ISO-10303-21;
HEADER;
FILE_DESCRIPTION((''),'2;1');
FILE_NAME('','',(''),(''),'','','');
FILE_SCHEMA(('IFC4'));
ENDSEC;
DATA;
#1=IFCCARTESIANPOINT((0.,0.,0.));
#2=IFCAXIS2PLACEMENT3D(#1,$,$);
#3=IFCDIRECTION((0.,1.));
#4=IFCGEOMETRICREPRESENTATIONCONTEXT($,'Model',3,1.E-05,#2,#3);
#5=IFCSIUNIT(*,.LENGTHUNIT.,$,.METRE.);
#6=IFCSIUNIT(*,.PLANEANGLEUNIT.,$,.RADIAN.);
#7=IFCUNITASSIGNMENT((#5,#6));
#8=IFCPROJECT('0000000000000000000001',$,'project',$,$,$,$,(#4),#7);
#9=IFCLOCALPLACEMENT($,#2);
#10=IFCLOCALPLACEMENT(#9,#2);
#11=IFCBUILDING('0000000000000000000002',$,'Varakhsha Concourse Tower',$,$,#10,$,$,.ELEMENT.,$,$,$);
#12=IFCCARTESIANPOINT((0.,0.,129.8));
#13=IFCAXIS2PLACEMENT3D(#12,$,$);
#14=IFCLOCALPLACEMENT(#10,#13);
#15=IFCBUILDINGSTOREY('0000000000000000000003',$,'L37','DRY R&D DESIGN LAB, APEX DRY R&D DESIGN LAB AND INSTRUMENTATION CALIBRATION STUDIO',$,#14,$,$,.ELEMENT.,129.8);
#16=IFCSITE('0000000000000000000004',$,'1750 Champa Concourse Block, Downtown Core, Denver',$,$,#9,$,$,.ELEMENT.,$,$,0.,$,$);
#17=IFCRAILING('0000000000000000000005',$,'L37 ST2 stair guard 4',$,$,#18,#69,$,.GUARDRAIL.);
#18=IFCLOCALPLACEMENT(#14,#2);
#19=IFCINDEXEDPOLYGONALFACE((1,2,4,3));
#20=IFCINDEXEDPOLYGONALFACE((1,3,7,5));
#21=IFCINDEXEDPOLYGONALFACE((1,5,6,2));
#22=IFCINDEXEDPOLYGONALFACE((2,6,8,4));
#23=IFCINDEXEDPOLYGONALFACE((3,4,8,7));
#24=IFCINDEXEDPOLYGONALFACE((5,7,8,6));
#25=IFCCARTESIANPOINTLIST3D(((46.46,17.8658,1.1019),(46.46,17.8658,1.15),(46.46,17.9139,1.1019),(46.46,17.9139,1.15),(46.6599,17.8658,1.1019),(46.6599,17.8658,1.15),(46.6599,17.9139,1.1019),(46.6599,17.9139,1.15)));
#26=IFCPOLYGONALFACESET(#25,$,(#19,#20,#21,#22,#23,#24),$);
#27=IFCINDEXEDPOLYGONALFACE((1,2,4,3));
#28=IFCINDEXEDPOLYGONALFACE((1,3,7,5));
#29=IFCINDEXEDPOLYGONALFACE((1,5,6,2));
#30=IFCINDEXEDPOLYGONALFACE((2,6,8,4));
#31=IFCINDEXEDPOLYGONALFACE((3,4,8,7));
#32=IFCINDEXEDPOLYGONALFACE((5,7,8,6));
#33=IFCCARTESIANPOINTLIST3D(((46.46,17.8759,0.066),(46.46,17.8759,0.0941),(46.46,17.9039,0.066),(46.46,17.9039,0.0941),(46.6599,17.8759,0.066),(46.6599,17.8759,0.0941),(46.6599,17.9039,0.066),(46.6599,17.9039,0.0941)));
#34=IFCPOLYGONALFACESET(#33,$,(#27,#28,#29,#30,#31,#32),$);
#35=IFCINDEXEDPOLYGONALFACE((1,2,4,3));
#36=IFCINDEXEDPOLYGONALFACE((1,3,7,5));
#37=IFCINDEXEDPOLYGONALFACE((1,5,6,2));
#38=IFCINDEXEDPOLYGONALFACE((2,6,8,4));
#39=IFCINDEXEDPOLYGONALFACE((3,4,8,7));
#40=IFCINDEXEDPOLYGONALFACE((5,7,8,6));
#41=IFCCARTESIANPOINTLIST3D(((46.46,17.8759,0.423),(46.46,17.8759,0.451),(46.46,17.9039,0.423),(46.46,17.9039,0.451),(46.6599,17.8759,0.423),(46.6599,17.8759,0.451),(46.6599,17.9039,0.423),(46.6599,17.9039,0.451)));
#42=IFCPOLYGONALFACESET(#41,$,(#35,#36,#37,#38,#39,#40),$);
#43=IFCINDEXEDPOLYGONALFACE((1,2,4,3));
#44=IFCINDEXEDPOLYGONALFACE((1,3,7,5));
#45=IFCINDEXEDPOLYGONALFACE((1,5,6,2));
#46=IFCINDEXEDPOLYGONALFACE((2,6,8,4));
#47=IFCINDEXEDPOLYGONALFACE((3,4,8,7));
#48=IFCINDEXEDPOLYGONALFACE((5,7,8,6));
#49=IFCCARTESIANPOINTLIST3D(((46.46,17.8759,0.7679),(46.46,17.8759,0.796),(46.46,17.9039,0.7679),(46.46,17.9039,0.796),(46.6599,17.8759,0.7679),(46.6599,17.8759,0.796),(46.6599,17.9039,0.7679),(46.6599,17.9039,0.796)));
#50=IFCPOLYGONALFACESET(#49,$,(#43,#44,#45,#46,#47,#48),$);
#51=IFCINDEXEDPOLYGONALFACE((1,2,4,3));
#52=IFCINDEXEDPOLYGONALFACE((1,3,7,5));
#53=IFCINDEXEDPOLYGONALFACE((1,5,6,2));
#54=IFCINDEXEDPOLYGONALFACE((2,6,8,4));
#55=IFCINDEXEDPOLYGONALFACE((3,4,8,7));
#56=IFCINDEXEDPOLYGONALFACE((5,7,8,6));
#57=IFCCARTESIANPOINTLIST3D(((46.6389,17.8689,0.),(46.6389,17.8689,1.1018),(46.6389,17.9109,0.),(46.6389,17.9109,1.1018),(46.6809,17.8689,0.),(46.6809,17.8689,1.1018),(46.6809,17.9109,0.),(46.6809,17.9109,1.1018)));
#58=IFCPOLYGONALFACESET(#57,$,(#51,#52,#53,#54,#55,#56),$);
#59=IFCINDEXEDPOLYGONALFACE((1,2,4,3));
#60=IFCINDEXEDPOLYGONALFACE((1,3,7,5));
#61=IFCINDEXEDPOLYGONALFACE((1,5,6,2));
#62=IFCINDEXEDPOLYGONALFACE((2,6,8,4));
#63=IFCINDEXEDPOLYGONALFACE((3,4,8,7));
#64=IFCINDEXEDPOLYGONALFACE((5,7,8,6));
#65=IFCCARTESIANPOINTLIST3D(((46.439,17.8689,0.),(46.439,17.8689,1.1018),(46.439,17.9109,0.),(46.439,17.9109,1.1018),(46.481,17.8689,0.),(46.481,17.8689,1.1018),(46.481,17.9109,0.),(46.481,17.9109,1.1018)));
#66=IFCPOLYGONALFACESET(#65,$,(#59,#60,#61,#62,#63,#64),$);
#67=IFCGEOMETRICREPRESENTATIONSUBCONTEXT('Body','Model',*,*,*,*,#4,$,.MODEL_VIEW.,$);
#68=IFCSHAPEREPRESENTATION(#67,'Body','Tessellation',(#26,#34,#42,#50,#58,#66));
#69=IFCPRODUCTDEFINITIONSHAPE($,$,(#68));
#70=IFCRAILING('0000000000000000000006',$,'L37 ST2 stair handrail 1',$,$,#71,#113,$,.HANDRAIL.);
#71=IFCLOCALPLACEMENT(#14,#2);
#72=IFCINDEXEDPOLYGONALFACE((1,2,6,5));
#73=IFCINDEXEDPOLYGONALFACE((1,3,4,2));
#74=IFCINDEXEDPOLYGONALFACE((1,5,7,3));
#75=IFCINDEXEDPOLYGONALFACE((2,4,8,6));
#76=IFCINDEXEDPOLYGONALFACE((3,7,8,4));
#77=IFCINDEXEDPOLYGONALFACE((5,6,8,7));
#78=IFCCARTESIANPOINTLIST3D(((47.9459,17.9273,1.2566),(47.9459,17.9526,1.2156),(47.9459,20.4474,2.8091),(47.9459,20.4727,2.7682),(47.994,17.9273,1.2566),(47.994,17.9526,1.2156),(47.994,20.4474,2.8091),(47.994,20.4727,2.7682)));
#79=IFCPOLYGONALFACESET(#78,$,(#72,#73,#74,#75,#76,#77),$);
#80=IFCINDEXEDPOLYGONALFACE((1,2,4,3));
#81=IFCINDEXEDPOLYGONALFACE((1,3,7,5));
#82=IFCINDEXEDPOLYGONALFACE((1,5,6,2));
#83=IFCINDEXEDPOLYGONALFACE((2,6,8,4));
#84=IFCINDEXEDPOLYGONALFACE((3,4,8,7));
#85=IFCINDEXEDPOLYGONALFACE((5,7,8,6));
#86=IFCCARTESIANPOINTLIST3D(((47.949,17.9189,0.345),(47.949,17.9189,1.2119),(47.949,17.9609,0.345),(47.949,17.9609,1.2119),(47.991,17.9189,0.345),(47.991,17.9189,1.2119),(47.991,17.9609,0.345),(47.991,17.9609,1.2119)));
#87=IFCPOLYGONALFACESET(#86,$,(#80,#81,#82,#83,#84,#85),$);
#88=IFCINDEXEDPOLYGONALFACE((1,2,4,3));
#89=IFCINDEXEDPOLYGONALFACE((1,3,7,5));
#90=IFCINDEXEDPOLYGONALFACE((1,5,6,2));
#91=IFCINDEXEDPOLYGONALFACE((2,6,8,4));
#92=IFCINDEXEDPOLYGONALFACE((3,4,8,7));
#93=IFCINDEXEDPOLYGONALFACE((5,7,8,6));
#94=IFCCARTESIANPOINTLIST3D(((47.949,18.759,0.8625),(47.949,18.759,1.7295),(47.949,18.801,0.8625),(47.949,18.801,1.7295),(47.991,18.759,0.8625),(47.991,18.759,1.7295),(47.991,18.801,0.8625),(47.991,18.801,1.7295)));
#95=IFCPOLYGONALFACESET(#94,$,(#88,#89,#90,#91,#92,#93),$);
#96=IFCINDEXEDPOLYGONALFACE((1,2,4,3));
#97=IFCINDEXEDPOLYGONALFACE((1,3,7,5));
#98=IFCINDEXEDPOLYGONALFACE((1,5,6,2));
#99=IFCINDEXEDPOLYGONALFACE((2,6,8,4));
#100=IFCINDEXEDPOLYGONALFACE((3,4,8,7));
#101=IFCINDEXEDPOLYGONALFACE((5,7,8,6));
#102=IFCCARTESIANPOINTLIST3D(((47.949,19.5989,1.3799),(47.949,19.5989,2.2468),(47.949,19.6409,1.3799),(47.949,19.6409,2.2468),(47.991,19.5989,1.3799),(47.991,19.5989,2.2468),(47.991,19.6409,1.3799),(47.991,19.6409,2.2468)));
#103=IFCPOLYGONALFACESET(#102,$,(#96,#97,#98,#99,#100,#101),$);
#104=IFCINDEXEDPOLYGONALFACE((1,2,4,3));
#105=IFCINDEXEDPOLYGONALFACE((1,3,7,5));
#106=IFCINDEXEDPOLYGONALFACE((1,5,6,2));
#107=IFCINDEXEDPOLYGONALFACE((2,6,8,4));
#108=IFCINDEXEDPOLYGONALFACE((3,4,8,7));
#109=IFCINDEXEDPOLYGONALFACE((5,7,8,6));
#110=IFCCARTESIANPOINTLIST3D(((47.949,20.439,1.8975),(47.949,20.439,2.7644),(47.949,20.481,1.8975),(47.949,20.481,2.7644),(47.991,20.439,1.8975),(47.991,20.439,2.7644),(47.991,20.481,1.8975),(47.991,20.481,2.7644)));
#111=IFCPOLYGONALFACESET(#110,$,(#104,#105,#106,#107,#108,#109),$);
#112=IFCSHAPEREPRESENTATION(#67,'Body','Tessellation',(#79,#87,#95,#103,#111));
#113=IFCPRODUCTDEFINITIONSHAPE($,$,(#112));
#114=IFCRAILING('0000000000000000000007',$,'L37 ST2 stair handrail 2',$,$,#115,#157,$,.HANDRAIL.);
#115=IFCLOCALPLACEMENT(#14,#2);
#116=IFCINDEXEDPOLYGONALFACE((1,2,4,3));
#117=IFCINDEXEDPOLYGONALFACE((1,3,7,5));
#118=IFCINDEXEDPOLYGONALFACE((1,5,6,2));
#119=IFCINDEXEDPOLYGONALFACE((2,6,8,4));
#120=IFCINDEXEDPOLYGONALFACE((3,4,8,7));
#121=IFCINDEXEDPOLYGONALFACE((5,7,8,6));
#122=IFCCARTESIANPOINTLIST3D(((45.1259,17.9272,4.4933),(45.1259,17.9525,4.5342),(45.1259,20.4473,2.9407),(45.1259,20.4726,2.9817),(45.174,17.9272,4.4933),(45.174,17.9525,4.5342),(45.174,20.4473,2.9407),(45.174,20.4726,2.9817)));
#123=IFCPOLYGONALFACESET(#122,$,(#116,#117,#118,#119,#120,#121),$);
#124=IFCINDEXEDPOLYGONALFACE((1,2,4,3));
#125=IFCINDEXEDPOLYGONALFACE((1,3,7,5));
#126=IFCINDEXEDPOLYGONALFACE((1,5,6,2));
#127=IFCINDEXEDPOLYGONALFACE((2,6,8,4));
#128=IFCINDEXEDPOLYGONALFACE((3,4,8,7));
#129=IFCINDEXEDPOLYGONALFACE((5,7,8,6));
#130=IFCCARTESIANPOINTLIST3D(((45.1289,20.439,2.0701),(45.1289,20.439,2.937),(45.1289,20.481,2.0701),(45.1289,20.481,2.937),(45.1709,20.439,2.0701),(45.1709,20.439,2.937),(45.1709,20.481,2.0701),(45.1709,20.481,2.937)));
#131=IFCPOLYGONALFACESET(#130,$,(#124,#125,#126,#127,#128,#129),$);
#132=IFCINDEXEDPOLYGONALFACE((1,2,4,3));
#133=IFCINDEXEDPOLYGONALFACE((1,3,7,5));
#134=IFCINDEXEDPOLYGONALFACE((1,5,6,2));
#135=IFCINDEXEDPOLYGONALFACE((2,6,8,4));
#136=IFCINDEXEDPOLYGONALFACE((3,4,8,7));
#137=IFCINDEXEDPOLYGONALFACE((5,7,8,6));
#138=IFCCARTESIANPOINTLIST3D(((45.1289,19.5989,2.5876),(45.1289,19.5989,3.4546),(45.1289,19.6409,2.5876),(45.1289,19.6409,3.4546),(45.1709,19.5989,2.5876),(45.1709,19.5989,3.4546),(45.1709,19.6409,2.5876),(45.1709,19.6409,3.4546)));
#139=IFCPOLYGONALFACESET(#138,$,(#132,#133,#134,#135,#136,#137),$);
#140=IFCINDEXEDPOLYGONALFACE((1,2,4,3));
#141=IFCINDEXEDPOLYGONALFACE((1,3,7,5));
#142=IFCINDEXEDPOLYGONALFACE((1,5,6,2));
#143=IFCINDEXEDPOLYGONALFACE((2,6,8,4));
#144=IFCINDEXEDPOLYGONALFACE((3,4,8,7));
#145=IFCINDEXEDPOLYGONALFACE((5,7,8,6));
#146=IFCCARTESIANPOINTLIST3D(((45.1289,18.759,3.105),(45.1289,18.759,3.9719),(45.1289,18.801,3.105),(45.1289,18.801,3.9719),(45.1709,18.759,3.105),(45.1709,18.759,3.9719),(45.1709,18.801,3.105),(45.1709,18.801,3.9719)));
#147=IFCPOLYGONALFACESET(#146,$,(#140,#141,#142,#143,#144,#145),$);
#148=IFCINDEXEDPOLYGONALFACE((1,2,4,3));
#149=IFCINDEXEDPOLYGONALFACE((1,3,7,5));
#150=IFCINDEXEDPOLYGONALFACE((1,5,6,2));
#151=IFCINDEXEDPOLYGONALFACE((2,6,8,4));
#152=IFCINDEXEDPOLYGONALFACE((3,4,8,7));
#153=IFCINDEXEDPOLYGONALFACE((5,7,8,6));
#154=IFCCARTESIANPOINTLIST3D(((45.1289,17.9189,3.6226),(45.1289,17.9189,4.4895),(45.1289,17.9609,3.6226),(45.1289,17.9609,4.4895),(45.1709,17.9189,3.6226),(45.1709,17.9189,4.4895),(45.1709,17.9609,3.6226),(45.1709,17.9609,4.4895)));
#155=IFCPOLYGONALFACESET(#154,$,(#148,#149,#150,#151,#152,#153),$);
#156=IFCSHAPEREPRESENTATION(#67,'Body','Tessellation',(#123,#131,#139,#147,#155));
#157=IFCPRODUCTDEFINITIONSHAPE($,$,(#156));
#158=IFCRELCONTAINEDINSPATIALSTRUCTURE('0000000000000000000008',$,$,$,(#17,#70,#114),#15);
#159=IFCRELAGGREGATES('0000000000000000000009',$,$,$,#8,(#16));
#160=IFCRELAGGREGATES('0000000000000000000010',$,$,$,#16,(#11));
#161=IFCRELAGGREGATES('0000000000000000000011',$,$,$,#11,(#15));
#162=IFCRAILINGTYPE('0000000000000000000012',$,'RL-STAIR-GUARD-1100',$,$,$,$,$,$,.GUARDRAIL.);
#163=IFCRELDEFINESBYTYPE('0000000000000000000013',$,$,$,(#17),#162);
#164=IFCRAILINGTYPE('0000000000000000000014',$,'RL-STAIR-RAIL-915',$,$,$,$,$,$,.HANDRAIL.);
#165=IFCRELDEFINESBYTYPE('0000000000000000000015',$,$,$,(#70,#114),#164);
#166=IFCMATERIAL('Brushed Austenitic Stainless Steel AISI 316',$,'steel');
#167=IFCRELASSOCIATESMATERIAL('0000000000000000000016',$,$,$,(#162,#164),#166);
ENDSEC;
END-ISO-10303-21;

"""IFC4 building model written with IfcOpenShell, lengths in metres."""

from ifc_helpers import new_model, si_unit, direction, frame, origin, origin_2d, place, context, subcontext, project, spatial, rectangle, extrude, material, type_object, element, save


model = new_model("IFC4")

# Units and contexts
model_context = context("Model", 3, precision=1e-05, world=origin(), true_north=direction((0.0, 1.0)))
body_context = subcontext(model_context, "Body", "Model", "MODEL_VIEW")
ifc_project = project(units=[si_unit("LENGTHUNIT", "METRE"), si_unit("PLANEANGLEUNIT", "RADIAN")], contexts=[model_context])

# Site, building, storey
site_placement = place(None, origin())
site = spatial("IfcSite", under=ifc_project, at=site_placement, Name="1750 Champa Concourse Block, Downtown Core, Denver", CompositionType="ELEMENT", RefElevation=0.0)
building_placement = place(site_placement, origin())
building = spatial("IfcBuilding", under=site, at=building_placement, Name="Varakhsha Concourse Tower", CompositionType="ELEMENT")
storey_placement = place(building_placement, frame((0.0, 0.0, 129.8)))
storey = spatial("IfcBuildingStorey", under=building, at=storey_placement, Name="L37", Description="DRY R&D DESIGN LAB, APEX DRY R&D DESIGN LAB AND INSTRUMENTATION CALIBRATION STUDIO", CompositionType="ELEMENT", Elevation=129.8)

# Railings
ifc_material_1 = material(Name="Brushed Austenitic Stainless Steel AISI 316", Category="steel")
railing_type_1 = type_object("IfcRailingType", Name="RL-STAIR-GUARD-1100", PredefinedType="GUARDRAIL", material=ifc_material_1)
railing_1_placement = place(storey_placement, frame((46.6599, 17.8899, 0.0)))
element("IfcRailing", 1, at=railing_1_placement, inside=storey, type_object=railing_type_1, Name="L37 ST2 stair guard 4", PredefinedType="GUARDRAIL", context=body_context, shape_type="SweptSolid", body=[
    extrude(rectangle(XDim=0.0481, YDim=0.0481, at=origin_2d()), frame((0.0, 0.0, 1.126), z_axis=(-1.0, 0.0, 0.0), x_axis=(0.0, -1.0, 0.0)), (0.0, 0.0, 1.0), 0.2),
    extrude(rectangle(XDim=0.0281, YDim=0.0281, at=origin_2d()), frame((0.0, 0.0, 0.0801), z_axis=(-1.0, 0.0, 0.0), x_axis=(0.0, -1.0, 0.0)), (0.0, 0.0, 1.0), 0.2),
    extrude(rectangle(XDim=0.0281, YDim=0.0281, at=origin_2d()), frame((0.0, 0.0, 0.437), z_axis=(-1.0, 0.0, 0.0), x_axis=(0.0, -1.0, 0.0)), (0.0, 0.0, 1.0), 0.2),
    extrude(rectangle(XDim=0.0281, YDim=0.0281, at=origin_2d()), frame((0.0, 0.0, 0.782), z_axis=(-1.0, 0.0, 0.0), x_axis=(0.0, -1.0, 0.0)), (0.0, 0.0, 1.0), 0.2),
    extrude(rectangle(XDim=0.042, YDim=0.042, at=origin_2d()), origin(), (0.0, 0.0, 1.0), 1.1018),
    extrude(rectangle(XDim=0.042, YDim=0.042, at=origin_2d()), frame((-0.2, 0.0, 0.0)), (0.0, 0.0, 1.0), 1.1018),
])
railing_type_2 = type_object("IfcRailingType", Name="RL-STAIR-RAIL-915", PredefinedType="HANDRAIL", material=ifc_material_1)
railing_2_placement = place(storey_placement, frame((47.97, 17.9399, 0.345)))
element("IfcRailing", 2, at=railing_2_placement, inside=storey, type_object=railing_type_2, Name="L37 ST2 stair handrail 1", PredefinedType="HANDRAIL", context=body_context, shape_type="SweptSolid", body=[
    extrude(rectangle(XDim=0.0481, YDim=0.0481, at=origin_2d()), frame((0.0, 0.0, 0.8911), z_axis=(0.0, 0.8514, 0.524516), x_axis=(-1.0, 0.0, 0.0)), (0.0, 0.0, 1.0), 2.96),
    extrude(rectangle(XDim=0.042, YDim=0.042, at=origin_2d()), origin(), (0.0, 0.0, 1.0), 0.8669),
    extrude(rectangle(XDim=0.042, YDim=0.042, at=origin_2d()), frame((0.0, 0.8401, 0.5176)), (0.0, 0.0, 1.0), 0.8669),
    extrude(rectangle(XDim=0.042, YDim=0.042, at=origin_2d()), frame((0.0, 1.6799, 1.0349)), (0.0, 0.0, 1.0), 0.8669),
    extrude(rectangle(XDim=0.042, YDim=0.042, at=origin_2d()), frame((0.0, 2.52, 1.5525)), (0.0, 0.0, 1.0), 0.8669),
])
railing_3_placement = place(storey_placement, frame((45.1499, 20.46, 2.0701)))
element("IfcRailing", 3, at=railing_3_placement, inside=storey, type_object=railing_type_2, Name="L37 ST2 stair handrail 2", PredefinedType="HANDRAIL", context=body_context, shape_type="SweptSolid", body=[
    extrude(rectangle(XDim=0.0481, YDim=0.0481, at=origin_2d()), frame((0.0, 0.0, 0.8911), z_axis=(0.0, -0.8514, 0.524516), x_axis=(1.0, 0.0, 0.0)), (0.0, 0.0, 1.0), 2.96),
    extrude(rectangle(XDim=0.042, YDim=0.042, at=origin_2d()), origin(), (0.0, 0.0, 1.0), 0.8669),
    extrude(rectangle(XDim=0.042, YDim=0.042, at=origin_2d()), frame((0.0, -0.8401, 0.5176)), (0.0, 0.0, 1.0), 0.8669),
    extrude(rectangle(XDim=0.042, YDim=0.042, at=origin_2d()), frame((0.0, -1.6799, 1.0349)), (0.0, 0.0, 1.0), 0.8669),
    extrude(rectangle(XDim=0.042, YDim=0.042, at=origin_2d()), frame((0.0, -2.52, 1.5525)), (0.0, 0.0, 1.0), 0.8669),
])

save(model, "model.ifc")
